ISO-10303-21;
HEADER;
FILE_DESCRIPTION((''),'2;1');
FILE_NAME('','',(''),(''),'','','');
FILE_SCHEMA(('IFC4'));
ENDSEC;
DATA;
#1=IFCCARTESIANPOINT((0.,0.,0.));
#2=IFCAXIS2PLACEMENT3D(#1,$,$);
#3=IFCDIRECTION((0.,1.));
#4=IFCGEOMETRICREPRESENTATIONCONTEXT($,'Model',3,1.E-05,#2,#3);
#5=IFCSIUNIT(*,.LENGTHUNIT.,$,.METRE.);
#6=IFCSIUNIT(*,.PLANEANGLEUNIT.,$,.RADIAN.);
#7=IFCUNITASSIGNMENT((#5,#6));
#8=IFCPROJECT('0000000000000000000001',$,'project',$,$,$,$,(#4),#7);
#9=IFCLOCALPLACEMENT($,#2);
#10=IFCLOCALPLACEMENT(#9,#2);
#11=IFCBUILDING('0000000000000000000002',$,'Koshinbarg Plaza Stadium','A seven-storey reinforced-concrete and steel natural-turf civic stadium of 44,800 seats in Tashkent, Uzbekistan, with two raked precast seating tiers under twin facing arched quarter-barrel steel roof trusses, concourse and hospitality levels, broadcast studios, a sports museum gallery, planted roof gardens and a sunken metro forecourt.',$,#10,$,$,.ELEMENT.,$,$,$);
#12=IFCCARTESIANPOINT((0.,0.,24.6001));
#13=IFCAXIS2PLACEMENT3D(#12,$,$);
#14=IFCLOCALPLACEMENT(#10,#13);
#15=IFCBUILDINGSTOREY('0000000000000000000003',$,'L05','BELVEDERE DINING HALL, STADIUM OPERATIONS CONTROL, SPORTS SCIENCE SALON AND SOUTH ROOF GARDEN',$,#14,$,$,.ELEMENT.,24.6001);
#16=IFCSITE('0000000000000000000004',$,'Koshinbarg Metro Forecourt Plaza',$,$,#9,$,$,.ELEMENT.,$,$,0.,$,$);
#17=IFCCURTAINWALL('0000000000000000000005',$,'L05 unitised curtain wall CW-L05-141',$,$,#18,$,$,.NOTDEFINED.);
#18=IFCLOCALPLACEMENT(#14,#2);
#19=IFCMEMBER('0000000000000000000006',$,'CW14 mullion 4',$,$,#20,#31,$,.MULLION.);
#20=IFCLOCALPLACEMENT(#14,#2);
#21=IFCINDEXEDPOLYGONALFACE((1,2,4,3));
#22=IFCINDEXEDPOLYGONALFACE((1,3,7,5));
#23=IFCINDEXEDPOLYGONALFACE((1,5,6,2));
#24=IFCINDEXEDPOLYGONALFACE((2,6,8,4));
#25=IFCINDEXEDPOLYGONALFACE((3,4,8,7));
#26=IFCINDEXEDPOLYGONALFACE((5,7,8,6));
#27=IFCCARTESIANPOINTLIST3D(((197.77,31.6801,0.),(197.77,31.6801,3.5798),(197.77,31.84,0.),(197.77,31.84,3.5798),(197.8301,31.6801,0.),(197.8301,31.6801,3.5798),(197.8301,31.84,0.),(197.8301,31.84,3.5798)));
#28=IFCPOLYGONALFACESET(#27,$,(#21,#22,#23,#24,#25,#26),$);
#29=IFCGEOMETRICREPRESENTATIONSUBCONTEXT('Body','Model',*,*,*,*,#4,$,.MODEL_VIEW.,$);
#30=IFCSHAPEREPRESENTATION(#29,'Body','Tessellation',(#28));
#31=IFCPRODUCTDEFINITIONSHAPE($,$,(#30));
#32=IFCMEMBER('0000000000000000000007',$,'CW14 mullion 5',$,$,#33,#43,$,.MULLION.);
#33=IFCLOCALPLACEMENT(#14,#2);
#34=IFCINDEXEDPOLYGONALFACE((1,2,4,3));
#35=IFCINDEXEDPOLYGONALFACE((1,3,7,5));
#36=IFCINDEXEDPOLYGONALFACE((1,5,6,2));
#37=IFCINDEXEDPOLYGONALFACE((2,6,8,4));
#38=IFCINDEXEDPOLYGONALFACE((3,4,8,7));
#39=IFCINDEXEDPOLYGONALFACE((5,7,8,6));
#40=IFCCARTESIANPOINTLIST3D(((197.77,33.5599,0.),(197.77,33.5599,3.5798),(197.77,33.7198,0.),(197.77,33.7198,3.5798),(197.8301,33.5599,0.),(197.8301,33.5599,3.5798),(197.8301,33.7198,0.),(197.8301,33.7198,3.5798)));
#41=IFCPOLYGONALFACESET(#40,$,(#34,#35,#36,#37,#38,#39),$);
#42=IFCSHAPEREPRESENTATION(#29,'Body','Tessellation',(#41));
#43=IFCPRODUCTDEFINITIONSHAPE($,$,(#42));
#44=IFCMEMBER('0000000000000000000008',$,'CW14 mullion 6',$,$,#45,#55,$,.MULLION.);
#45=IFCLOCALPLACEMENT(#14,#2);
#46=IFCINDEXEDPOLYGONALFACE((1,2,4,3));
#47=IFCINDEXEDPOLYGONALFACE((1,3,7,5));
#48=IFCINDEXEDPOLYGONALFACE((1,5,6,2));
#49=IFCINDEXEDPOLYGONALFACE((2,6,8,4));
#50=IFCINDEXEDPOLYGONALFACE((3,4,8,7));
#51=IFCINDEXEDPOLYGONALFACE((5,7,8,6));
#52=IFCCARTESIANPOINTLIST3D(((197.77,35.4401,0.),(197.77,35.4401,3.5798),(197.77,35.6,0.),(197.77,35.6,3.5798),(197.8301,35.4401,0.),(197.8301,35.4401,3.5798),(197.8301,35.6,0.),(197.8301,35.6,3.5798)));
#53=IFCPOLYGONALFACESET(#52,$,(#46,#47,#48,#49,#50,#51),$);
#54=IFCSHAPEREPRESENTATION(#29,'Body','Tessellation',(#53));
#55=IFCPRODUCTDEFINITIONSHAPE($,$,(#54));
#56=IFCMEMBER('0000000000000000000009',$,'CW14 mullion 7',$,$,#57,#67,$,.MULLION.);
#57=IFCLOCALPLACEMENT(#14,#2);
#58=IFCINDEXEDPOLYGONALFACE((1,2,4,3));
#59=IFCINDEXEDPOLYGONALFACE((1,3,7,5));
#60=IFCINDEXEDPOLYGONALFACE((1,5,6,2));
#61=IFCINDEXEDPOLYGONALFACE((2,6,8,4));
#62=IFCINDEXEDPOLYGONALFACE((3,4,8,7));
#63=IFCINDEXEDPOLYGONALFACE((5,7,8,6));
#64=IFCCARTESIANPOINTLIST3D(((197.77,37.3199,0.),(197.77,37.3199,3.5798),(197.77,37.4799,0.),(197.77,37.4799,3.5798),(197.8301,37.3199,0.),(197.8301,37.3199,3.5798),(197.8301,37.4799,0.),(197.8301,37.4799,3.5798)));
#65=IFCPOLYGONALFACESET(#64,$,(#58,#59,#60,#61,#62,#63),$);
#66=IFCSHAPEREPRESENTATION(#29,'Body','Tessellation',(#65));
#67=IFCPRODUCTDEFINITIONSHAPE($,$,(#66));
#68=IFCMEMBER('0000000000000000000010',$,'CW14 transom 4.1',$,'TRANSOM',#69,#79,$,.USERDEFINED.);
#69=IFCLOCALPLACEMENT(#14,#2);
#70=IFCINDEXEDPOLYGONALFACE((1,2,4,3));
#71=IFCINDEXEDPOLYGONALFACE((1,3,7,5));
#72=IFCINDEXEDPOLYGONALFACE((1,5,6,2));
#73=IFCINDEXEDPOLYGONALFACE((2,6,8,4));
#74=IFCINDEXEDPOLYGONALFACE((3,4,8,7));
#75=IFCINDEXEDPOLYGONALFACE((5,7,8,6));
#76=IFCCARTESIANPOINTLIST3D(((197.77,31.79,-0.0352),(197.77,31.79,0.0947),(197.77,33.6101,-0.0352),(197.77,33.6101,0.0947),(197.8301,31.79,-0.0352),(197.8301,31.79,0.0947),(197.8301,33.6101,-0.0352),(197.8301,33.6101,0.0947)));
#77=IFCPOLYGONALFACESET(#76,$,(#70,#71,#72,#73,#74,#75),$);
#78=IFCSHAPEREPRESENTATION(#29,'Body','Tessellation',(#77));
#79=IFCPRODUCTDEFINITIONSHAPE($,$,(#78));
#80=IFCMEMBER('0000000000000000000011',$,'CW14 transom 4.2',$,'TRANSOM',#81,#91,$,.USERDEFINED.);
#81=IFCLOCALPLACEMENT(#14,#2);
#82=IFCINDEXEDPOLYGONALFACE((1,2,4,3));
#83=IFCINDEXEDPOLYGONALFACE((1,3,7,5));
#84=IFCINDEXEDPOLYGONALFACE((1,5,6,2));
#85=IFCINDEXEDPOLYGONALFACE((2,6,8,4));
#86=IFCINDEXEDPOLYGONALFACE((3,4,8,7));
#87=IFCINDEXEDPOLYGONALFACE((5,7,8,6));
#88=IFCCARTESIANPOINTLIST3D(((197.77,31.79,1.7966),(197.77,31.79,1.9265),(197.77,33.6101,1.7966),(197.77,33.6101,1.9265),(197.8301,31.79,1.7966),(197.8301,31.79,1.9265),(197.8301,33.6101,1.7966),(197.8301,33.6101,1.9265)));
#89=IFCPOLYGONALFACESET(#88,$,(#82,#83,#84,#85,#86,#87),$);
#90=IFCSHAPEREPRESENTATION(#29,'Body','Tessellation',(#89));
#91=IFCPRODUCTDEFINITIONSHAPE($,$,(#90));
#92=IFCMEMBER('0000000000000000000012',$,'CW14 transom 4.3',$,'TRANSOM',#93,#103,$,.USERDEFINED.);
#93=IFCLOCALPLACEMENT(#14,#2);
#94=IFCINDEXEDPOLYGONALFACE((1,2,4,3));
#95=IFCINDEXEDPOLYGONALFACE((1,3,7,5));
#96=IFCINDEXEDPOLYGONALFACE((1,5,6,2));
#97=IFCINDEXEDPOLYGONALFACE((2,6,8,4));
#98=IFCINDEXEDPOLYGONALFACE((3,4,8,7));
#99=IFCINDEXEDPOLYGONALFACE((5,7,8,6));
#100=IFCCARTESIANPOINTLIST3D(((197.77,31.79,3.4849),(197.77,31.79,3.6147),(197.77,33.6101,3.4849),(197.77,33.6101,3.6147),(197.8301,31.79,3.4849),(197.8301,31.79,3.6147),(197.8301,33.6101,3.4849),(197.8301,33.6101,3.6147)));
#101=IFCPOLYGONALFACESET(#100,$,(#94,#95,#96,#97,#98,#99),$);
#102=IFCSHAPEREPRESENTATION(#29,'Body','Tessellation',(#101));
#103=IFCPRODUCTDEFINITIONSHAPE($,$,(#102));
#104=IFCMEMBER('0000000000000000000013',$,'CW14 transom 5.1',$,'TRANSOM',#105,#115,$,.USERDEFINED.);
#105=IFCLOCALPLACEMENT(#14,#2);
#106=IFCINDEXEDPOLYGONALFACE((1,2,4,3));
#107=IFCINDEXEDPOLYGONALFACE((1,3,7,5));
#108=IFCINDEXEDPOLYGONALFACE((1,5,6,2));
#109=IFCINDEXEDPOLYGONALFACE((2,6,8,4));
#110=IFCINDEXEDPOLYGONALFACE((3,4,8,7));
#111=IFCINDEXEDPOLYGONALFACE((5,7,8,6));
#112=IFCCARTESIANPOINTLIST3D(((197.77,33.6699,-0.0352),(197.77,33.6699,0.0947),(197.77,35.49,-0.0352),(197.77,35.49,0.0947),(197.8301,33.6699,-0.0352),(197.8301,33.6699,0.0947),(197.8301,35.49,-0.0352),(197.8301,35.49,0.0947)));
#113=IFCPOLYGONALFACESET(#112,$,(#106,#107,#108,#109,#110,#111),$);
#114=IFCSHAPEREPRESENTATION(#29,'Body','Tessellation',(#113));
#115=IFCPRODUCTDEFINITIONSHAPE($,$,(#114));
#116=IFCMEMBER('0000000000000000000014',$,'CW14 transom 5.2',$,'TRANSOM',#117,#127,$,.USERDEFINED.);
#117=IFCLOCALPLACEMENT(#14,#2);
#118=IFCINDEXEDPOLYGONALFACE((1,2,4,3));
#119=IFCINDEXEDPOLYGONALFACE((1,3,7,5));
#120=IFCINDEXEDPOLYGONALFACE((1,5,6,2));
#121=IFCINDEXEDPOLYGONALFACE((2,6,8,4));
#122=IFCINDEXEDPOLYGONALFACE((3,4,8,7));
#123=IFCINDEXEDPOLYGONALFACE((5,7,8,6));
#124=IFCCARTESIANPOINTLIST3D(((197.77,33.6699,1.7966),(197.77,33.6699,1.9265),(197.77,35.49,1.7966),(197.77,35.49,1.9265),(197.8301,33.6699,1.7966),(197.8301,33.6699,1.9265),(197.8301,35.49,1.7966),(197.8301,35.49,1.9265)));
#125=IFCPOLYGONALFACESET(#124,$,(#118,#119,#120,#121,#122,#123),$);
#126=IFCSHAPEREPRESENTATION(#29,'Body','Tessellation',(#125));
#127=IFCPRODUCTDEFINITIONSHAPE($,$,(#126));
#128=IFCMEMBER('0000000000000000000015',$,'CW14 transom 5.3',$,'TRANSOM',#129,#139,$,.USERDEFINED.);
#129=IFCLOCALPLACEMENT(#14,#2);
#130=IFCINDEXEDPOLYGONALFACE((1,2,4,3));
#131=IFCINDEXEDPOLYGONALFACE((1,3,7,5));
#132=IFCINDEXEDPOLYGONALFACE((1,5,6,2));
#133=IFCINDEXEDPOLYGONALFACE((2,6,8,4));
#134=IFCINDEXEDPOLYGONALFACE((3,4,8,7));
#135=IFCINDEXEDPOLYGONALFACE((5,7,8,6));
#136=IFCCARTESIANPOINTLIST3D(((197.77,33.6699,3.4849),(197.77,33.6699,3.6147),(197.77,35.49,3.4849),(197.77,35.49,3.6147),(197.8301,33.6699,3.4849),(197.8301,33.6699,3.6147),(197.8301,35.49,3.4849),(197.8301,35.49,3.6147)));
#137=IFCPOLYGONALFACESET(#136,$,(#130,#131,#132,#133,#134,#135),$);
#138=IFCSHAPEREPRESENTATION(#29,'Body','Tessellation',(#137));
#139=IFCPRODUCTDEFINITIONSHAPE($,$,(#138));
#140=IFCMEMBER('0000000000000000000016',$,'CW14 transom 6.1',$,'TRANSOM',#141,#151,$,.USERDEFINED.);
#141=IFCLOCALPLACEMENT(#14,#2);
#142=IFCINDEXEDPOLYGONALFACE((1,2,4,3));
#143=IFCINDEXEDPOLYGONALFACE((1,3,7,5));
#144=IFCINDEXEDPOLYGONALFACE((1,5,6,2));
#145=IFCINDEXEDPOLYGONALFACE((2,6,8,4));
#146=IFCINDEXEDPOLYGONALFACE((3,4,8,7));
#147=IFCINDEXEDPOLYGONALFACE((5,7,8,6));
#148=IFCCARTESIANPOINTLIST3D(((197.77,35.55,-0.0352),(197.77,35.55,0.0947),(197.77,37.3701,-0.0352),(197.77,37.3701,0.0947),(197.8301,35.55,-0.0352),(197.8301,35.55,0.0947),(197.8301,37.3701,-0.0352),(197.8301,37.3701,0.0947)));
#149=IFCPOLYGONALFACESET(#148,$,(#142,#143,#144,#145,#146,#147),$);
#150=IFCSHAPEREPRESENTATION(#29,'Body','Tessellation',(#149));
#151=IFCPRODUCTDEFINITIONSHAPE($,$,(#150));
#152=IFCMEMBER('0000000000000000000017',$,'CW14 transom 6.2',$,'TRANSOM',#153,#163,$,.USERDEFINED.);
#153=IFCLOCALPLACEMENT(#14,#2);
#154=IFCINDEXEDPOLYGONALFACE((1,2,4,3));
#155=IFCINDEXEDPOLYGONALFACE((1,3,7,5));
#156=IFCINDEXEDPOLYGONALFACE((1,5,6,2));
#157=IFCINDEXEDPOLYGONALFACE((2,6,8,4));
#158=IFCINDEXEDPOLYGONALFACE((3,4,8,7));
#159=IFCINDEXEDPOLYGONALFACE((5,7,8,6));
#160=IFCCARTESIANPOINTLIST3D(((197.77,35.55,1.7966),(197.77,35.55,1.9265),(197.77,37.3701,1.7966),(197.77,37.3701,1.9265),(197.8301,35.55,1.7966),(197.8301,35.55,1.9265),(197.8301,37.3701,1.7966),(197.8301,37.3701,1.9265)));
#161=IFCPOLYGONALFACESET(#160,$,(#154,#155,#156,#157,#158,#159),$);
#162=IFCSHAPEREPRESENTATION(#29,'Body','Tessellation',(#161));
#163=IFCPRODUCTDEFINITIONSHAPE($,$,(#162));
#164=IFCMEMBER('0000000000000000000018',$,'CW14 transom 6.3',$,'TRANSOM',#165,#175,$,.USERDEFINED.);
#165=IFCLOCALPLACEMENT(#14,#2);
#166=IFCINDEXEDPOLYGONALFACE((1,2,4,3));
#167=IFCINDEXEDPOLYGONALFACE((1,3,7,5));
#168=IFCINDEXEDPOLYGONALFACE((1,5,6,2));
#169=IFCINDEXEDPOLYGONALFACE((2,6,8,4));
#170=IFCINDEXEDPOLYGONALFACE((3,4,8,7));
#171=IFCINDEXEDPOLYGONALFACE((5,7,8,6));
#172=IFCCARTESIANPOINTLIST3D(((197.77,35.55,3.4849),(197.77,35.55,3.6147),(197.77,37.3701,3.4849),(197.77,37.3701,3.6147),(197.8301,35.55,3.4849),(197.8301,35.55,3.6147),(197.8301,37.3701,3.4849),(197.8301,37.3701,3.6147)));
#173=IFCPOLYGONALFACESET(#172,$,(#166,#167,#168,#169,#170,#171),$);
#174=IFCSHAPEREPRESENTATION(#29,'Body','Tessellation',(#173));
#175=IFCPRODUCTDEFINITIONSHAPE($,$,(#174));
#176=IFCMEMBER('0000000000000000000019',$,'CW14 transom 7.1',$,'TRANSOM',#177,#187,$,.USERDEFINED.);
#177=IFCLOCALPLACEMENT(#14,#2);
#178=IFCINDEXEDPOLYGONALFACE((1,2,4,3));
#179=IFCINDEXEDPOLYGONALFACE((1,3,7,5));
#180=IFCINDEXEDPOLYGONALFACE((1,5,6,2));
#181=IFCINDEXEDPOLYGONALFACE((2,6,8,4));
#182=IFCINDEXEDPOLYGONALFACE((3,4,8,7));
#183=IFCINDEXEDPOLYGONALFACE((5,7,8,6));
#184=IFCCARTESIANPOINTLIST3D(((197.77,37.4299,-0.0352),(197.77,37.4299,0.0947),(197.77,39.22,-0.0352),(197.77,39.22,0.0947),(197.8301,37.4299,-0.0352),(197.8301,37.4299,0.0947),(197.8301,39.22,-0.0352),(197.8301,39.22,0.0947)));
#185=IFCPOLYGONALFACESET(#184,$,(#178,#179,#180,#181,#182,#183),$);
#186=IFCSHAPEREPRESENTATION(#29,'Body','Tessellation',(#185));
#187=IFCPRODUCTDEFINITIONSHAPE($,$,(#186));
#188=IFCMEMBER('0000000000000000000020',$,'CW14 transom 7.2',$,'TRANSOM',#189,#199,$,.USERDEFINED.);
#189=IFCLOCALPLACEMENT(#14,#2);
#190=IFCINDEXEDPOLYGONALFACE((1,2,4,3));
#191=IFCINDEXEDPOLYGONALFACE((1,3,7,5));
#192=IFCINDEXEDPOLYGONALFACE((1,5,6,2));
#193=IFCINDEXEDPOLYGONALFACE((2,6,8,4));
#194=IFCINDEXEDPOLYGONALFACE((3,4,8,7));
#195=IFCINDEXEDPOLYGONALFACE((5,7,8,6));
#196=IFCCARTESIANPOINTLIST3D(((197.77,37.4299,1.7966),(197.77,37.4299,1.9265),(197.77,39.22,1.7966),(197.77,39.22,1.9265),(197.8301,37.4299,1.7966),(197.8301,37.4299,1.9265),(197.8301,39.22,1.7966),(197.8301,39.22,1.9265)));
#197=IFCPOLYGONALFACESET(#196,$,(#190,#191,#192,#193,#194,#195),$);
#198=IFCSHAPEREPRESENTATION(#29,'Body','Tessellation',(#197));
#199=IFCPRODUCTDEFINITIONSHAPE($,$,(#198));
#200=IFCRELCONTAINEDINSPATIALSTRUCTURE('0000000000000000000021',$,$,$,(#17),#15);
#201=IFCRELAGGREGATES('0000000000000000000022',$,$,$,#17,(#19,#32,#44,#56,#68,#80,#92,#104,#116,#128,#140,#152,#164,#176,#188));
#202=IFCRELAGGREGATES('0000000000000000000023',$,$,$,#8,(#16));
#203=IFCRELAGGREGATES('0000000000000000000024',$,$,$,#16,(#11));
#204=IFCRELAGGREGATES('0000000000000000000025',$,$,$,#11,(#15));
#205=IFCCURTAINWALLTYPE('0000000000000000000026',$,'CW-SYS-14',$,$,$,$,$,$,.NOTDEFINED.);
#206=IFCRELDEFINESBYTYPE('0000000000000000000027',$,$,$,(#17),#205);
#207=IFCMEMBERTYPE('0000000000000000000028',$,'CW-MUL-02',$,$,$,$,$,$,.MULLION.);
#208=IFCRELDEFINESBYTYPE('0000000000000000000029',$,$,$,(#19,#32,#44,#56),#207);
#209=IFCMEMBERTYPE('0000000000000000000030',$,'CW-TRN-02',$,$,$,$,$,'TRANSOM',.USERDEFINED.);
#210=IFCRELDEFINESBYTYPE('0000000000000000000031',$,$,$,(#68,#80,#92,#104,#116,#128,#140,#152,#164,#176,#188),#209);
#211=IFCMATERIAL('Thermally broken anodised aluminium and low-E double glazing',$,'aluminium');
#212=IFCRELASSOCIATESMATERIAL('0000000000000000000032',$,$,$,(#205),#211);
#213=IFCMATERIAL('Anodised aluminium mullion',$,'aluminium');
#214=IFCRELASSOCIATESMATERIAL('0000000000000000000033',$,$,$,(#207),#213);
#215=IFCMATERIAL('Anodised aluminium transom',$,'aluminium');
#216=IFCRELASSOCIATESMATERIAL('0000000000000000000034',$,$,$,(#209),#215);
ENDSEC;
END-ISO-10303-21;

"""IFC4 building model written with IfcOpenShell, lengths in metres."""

from ifc_helpers import new_model, si_unit, direction, frame, origin, origin_2d, place, context, subcontext, project, spatial, rectangle, extrude, material, material_profile, profile_set, type_object, element, aggregate, save


model = new_model("IFC4")

# Units and contexts
model_context = context("Model", 3, precision=1e-05, world=origin(), true_north=direction((0.0, 1.0)))
body_context = subcontext(model_context, "Body", "Model", "MODEL_VIEW")
ifc_project = project(units=[si_unit("LENGTHUNIT", "METRE"), si_unit("PLANEANGLEUNIT", "RADIAN")], contexts=[model_context])

# Site, building, storey
site_placement = place(None, origin())
site = spatial("IfcSite", under=ifc_project, at=site_placement, Name="Koshinbarg Metro Forecourt Plaza", CompositionType="ELEMENT", RefElevation=0.0)
building_placement = place(site_placement, origin())
building = spatial("IfcBuilding", under=site, at=building_placement, Name="Koshinbarg Plaza Stadium", Description="A seven-storey reinforced-concrete and steel natural-turf civic stadium of 44,800 seats in Tashkent, Uzbekistan, with two raked precast seating tiers under twin facing arched quarter-barrel steel roof trusses, concourse and hospitality levels, broadcast studios, a sports museum gallery, planted roof gardens and a sunken metro forecourt.", CompositionType="ELEMENT")
storey_placement = place(building_placement, frame((0.0, 0.0, 24.6001)))
storey = spatial("IfcBuildingStorey", under=building, at=storey_placement, Name="L05", Description="BELVEDERE DINING HALL, STADIUM OPERATIONS CONTROL, SPORTS SCIENCE SALON AND SOUTH ROOF GARDEN", CompositionType="ELEMENT", Elevation=24.6001)

# Curtain wall, members
ifc_material_1 = material(Name="Thermally broken anodised aluminium and low-E double glazing", Category="aluminium")
curtain_wall_type = type_object("IfcCurtainWallType", Name="CW-SYS-14", PredefinedType="NOTDEFINED", material=ifc_material_1)
curtain_wall_placement = place(storey_placement, origin())
curtain_wall = element("IfcCurtainWall", 1, at=curtain_wall_placement, inside=storey, type_object=curtain_wall_type, Name="L05 unitised curtain wall CW-L05-141", PredefinedType="NOTDEFINED")
ifc_material_2 = material(Name="Anodised aluminium mullion", Category="aluminium")
ifc_material_profile_1 = material_profile(ifc_material_2, rectangle(XDim=0.0601, YDim=0.1599, at=origin_2d()), Name="ALU 60x160")
ifc_profile_set_1 = profile_set([ifc_material_profile_1], Name="Anodised aluminium mullion")
member_type_1 = type_object("IfcMemberType", Name="CW-MUL-02", PredefinedType="MULLION", material=ifc_profile_set_1)
member_1_placement = place(storey_placement, frame((197.8, 31.76, 0.0), z_axis=(0.0, 0.0, 1.0), x_axis=(-1.0, 0.0, 0.0)))
member_1 = element("IfcMember", 2, at=member_1_placement, type_object=member_type_1, Name="CW14 mullion 4", PredefinedType="MULLION", context=body_context, shape_type="SweptSolid", body=[
    extrude(rectangle(XDim=0.0601, YDim=0.1599, at=origin_2d()), origin(), (0.0, 0.0, 1.0), 3.5798),
])
member_2_placement = place(storey_placement, frame((197.8, 33.6399, 0.0), z_axis=(0.0, 0.0, 1.0), x_axis=(-1.0, 0.0, 0.0)))
member_2 = element("IfcMember", 3, at=member_2_placement, type_object=member_type_1, Name="CW14 mullion 5", PredefinedType="MULLION", context=body_context, shape_type="SweptSolid", body=[
    extrude(rectangle(XDim=0.0601, YDim=0.1599, at=origin_2d()), origin(), (0.0, 0.0, 1.0), 3.5798),
])
member_3_placement = place(storey_placement, frame((197.8, 35.52, 0.0), z_axis=(0.0, 0.0, 1.0), x_axis=(-1.0, 0.0, 0.0)))
member_3 = element("IfcMember", 4, at=member_3_placement, type_object=member_type_1, Name="CW14 mullion 6", PredefinedType="MULLION", context=body_context, shape_type="SweptSolid", body=[
    extrude(rectangle(XDim=0.0601, YDim=0.1599, at=origin_2d()), origin(), (0.0, 0.0, 1.0), 3.5798),
])
member_4_placement = place(storey_placement, frame((197.8, 37.3999, 0.0), z_axis=(0.0, 0.0, 1.0), x_axis=(-1.0, 0.0, 0.0)))
member_4 = element("IfcMember", 5, at=member_4_placement, type_object=member_type_1, Name="CW14 mullion 7", PredefinedType="MULLION", context=body_context, shape_type="SweptSolid", body=[
    extrude(rectangle(XDim=0.0601, YDim=0.1599, at=origin_2d()), origin(), (0.0, 0.0, 1.0), 3.5798),
])
ifc_material_3 = material(Name="Anodised aluminium transom", Category="aluminium")
ifc_material_profile_2 = material_profile(ifc_material_3, rectangle(XDim=0.0601, YDim=0.1299, at=origin_2d()), Name="ALU 60x130")
ifc_profile_set_2 = profile_set([ifc_material_profile_2], Name="Anodised aluminium transom")
member_type_2 = type_object("IfcMemberType", Name="CW-TRN-02", ElementType="TRANSOM", PredefinedType="USERDEFINED", material=ifc_profile_set_2)
member_5_placement = place(storey_placement, frame((197.8, 31.79, 0.0298), z_axis=(0.0, 1.0, 0.0), x_axis=(-1.0, 0.0, 0.0)))
member_5 = element("IfcMember", 6, at=member_5_placement, type_object=member_type_2, Name="CW14 transom 4.1", ObjectType="TRANSOM", PredefinedType="USERDEFINED", context=body_context, shape_type="SweptSolid", body=[
    extrude(rectangle(XDim=0.0601, YDim=0.1299, at=origin_2d()), origin(), (0.0, 0.0, 1.0), 1.8201),
])
member_6_placement = place(storey_placement, frame((197.8, 31.79, 1.8616), z_axis=(0.0, 1.0, 0.0), x_axis=(-1.0, 0.0, 0.0)))
member_6 = element("IfcMember", 7, at=member_6_placement, type_object=member_type_2, Name="CW14 transom 4.2", ObjectType="TRANSOM", PredefinedType="USERDEFINED", context=body_context, shape_type="SweptSolid", body=[
    extrude(rectangle(XDim=0.0601, YDim=0.1299, at=origin_2d()), origin(), (0.0, 0.0, 1.0), 1.8201),
])
member_7_placement = place(storey_placement, frame((197.8, 31.79, 3.5498), z_axis=(0.0, 1.0, 0.0), x_axis=(-1.0, 0.0, 0.0)))
member_7 = element("IfcMember", 8, at=member_7_placement, type_object=member_type_2, Name="CW14 transom 4.3", ObjectType="TRANSOM", PredefinedType="USERDEFINED", context=body_context, shape_type="SweptSolid", body=[
    extrude(rectangle(XDim=0.0601, YDim=0.1299, at=origin_2d()), origin(), (0.0, 0.0, 1.0), 1.8201),
])
member_8_placement = place(storey_placement, frame((197.8, 33.6699, 0.0298), z_axis=(0.0, 1.0, 0.0), x_axis=(-1.0, 0.0, 0.0)))
member_8 = element("IfcMember", 9, at=member_8_placement, type_object=member_type_2, Name="CW14 transom 5.1", ObjectType="TRANSOM", PredefinedType="USERDEFINED", context=body_context, shape_type="SweptSolid", body=[
    extrude(rectangle(XDim=0.0601, YDim=0.1299, at=origin_2d()), origin(), (0.0, 0.0, 1.0), 1.8201),
])
member_9_placement = place(storey_placement, frame((197.8, 33.6699, 1.8616), z_axis=(0.0, 1.0, 0.0), x_axis=(-1.0, 0.0, 0.0)))
member_9 = element("IfcMember", 10, at=member_9_placement, type_object=member_type_2, Name="CW14 transom 5.2", ObjectType="TRANSOM", PredefinedType="USERDEFINED", context=body_context, shape_type="SweptSolid", body=[
    extrude(rectangle(XDim=0.0601, YDim=0.1299, at=origin_2d()), origin(), (0.0, 0.0, 1.0), 1.8201),
])
member_10_placement = place(storey_placement, frame((197.8, 33.6699, 3.5498), z_axis=(0.0, 1.0, 0.0), x_axis=(-1.0, 0.0, 0.0)))
member_10 = element("IfcMember", 11, at=member_10_placement, type_object=member_type_2, Name="CW14 transom 5.3", ObjectType="TRANSOM", PredefinedType="USERDEFINED", context=body_context, shape_type="SweptSolid", body=[
    extrude(rectangle(XDim=0.0601, YDim=0.1299, at=origin_2d()), origin(), (0.0, 0.0, 1.0), 1.8201),
])
member_11_placement = place(storey_placement, frame((197.8, 35.55, 0.0298), z_axis=(0.0, 1.0, 0.0), x_axis=(-1.0, 0.0, 0.0)))
member_11 = element("IfcMember", 12, at=member_11_placement, type_object=member_type_2, Name="CW14 transom 6.1", ObjectType="TRANSOM", PredefinedType="USERDEFINED", context=body_context, shape_type="SweptSolid", body=[
    extrude(rectangle(XDim=0.0601, YDim=0.1299, at=origin_2d()), origin(), (0.0, 0.0, 1.0), 1.8201),
])
member_12_placement = place(storey_placement, frame((197.8, 35.55, 1.8616), z_axis=(0.0, 1.0, 0.0), x_axis=(-1.0, 0.0, 0.0)))
member_12 = element("IfcMember", 13, at=member_12_placement, type_object=member_type_2, Name="CW14 transom 6.2", ObjectType="TRANSOM", PredefinedType="USERDEFINED", context=body_context, shape_type="SweptSolid", body=[
    extrude(rectangle(XDim=0.0601, YDim=0.1299, at=origin_2d()), origin(), (0.0, 0.0, 1.0), 1.8201),
])
member_13_placement = place(storey_placement, frame((197.8, 35.55, 3.5498), z_axis=(0.0, 1.0, 0.0), x_axis=(-1.0, 0.0, 0.0)))
member_13 = element("IfcMember", 14, at=member_13_placement, type_object=member_type_2, Name="CW14 transom 6.3", ObjectType="TRANSOM", PredefinedType="USERDEFINED", context=body_context, shape_type="SweptSolid", body=[
    extrude(rectangle(XDim=0.0601, YDim=0.1299, at=origin_2d()), origin(), (0.0, 0.0, 1.0), 1.8201),
])
member_14_placement = place(storey_placement, frame((197.8, 37.4299, 0.0298), z_axis=(0.0, 1.0, 0.0), x_axis=(-1.0, 0.0, 0.0)))
member_14 = element("IfcMember", 15, at=member_14_placement, type_object=member_type_2, Name="CW14 transom 7.1", ObjectType="TRANSOM", PredefinedType="USERDEFINED", context=body_context, shape_type="SweptSolid", body=[
    extrude(rectangle(XDim=0.0601, YDim=0.1299, at=origin_2d()), origin(), (0.0, 0.0, 1.0), 1.79),
])
member_15_placement = place(storey_placement, frame((197.8, 37.4299, 1.8616), z_axis=(0.0, 1.0, 0.0), x_axis=(-1.0, 0.0, 0.0)))
member_15 = element("IfcMember", 16, at=member_15_placement, type_object=member_type_2, Name="CW14 transom 7.2", ObjectType="TRANSOM", PredefinedType="USERDEFINED", context=body_context, shape_type="SweptSolid", body=[
    extrude(rectangle(XDim=0.0601, YDim=0.1299, at=origin_2d()), origin(), (0.0, 0.0, 1.0), 1.79),
])
aggregate(curtain_wall, [member_1, member_2, member_3, member_4, member_5, member_6, member_7, member_8, member_9, member_10, member_11, member_12, member_13, member_14, member_15])

save(model, "model.ifc")
